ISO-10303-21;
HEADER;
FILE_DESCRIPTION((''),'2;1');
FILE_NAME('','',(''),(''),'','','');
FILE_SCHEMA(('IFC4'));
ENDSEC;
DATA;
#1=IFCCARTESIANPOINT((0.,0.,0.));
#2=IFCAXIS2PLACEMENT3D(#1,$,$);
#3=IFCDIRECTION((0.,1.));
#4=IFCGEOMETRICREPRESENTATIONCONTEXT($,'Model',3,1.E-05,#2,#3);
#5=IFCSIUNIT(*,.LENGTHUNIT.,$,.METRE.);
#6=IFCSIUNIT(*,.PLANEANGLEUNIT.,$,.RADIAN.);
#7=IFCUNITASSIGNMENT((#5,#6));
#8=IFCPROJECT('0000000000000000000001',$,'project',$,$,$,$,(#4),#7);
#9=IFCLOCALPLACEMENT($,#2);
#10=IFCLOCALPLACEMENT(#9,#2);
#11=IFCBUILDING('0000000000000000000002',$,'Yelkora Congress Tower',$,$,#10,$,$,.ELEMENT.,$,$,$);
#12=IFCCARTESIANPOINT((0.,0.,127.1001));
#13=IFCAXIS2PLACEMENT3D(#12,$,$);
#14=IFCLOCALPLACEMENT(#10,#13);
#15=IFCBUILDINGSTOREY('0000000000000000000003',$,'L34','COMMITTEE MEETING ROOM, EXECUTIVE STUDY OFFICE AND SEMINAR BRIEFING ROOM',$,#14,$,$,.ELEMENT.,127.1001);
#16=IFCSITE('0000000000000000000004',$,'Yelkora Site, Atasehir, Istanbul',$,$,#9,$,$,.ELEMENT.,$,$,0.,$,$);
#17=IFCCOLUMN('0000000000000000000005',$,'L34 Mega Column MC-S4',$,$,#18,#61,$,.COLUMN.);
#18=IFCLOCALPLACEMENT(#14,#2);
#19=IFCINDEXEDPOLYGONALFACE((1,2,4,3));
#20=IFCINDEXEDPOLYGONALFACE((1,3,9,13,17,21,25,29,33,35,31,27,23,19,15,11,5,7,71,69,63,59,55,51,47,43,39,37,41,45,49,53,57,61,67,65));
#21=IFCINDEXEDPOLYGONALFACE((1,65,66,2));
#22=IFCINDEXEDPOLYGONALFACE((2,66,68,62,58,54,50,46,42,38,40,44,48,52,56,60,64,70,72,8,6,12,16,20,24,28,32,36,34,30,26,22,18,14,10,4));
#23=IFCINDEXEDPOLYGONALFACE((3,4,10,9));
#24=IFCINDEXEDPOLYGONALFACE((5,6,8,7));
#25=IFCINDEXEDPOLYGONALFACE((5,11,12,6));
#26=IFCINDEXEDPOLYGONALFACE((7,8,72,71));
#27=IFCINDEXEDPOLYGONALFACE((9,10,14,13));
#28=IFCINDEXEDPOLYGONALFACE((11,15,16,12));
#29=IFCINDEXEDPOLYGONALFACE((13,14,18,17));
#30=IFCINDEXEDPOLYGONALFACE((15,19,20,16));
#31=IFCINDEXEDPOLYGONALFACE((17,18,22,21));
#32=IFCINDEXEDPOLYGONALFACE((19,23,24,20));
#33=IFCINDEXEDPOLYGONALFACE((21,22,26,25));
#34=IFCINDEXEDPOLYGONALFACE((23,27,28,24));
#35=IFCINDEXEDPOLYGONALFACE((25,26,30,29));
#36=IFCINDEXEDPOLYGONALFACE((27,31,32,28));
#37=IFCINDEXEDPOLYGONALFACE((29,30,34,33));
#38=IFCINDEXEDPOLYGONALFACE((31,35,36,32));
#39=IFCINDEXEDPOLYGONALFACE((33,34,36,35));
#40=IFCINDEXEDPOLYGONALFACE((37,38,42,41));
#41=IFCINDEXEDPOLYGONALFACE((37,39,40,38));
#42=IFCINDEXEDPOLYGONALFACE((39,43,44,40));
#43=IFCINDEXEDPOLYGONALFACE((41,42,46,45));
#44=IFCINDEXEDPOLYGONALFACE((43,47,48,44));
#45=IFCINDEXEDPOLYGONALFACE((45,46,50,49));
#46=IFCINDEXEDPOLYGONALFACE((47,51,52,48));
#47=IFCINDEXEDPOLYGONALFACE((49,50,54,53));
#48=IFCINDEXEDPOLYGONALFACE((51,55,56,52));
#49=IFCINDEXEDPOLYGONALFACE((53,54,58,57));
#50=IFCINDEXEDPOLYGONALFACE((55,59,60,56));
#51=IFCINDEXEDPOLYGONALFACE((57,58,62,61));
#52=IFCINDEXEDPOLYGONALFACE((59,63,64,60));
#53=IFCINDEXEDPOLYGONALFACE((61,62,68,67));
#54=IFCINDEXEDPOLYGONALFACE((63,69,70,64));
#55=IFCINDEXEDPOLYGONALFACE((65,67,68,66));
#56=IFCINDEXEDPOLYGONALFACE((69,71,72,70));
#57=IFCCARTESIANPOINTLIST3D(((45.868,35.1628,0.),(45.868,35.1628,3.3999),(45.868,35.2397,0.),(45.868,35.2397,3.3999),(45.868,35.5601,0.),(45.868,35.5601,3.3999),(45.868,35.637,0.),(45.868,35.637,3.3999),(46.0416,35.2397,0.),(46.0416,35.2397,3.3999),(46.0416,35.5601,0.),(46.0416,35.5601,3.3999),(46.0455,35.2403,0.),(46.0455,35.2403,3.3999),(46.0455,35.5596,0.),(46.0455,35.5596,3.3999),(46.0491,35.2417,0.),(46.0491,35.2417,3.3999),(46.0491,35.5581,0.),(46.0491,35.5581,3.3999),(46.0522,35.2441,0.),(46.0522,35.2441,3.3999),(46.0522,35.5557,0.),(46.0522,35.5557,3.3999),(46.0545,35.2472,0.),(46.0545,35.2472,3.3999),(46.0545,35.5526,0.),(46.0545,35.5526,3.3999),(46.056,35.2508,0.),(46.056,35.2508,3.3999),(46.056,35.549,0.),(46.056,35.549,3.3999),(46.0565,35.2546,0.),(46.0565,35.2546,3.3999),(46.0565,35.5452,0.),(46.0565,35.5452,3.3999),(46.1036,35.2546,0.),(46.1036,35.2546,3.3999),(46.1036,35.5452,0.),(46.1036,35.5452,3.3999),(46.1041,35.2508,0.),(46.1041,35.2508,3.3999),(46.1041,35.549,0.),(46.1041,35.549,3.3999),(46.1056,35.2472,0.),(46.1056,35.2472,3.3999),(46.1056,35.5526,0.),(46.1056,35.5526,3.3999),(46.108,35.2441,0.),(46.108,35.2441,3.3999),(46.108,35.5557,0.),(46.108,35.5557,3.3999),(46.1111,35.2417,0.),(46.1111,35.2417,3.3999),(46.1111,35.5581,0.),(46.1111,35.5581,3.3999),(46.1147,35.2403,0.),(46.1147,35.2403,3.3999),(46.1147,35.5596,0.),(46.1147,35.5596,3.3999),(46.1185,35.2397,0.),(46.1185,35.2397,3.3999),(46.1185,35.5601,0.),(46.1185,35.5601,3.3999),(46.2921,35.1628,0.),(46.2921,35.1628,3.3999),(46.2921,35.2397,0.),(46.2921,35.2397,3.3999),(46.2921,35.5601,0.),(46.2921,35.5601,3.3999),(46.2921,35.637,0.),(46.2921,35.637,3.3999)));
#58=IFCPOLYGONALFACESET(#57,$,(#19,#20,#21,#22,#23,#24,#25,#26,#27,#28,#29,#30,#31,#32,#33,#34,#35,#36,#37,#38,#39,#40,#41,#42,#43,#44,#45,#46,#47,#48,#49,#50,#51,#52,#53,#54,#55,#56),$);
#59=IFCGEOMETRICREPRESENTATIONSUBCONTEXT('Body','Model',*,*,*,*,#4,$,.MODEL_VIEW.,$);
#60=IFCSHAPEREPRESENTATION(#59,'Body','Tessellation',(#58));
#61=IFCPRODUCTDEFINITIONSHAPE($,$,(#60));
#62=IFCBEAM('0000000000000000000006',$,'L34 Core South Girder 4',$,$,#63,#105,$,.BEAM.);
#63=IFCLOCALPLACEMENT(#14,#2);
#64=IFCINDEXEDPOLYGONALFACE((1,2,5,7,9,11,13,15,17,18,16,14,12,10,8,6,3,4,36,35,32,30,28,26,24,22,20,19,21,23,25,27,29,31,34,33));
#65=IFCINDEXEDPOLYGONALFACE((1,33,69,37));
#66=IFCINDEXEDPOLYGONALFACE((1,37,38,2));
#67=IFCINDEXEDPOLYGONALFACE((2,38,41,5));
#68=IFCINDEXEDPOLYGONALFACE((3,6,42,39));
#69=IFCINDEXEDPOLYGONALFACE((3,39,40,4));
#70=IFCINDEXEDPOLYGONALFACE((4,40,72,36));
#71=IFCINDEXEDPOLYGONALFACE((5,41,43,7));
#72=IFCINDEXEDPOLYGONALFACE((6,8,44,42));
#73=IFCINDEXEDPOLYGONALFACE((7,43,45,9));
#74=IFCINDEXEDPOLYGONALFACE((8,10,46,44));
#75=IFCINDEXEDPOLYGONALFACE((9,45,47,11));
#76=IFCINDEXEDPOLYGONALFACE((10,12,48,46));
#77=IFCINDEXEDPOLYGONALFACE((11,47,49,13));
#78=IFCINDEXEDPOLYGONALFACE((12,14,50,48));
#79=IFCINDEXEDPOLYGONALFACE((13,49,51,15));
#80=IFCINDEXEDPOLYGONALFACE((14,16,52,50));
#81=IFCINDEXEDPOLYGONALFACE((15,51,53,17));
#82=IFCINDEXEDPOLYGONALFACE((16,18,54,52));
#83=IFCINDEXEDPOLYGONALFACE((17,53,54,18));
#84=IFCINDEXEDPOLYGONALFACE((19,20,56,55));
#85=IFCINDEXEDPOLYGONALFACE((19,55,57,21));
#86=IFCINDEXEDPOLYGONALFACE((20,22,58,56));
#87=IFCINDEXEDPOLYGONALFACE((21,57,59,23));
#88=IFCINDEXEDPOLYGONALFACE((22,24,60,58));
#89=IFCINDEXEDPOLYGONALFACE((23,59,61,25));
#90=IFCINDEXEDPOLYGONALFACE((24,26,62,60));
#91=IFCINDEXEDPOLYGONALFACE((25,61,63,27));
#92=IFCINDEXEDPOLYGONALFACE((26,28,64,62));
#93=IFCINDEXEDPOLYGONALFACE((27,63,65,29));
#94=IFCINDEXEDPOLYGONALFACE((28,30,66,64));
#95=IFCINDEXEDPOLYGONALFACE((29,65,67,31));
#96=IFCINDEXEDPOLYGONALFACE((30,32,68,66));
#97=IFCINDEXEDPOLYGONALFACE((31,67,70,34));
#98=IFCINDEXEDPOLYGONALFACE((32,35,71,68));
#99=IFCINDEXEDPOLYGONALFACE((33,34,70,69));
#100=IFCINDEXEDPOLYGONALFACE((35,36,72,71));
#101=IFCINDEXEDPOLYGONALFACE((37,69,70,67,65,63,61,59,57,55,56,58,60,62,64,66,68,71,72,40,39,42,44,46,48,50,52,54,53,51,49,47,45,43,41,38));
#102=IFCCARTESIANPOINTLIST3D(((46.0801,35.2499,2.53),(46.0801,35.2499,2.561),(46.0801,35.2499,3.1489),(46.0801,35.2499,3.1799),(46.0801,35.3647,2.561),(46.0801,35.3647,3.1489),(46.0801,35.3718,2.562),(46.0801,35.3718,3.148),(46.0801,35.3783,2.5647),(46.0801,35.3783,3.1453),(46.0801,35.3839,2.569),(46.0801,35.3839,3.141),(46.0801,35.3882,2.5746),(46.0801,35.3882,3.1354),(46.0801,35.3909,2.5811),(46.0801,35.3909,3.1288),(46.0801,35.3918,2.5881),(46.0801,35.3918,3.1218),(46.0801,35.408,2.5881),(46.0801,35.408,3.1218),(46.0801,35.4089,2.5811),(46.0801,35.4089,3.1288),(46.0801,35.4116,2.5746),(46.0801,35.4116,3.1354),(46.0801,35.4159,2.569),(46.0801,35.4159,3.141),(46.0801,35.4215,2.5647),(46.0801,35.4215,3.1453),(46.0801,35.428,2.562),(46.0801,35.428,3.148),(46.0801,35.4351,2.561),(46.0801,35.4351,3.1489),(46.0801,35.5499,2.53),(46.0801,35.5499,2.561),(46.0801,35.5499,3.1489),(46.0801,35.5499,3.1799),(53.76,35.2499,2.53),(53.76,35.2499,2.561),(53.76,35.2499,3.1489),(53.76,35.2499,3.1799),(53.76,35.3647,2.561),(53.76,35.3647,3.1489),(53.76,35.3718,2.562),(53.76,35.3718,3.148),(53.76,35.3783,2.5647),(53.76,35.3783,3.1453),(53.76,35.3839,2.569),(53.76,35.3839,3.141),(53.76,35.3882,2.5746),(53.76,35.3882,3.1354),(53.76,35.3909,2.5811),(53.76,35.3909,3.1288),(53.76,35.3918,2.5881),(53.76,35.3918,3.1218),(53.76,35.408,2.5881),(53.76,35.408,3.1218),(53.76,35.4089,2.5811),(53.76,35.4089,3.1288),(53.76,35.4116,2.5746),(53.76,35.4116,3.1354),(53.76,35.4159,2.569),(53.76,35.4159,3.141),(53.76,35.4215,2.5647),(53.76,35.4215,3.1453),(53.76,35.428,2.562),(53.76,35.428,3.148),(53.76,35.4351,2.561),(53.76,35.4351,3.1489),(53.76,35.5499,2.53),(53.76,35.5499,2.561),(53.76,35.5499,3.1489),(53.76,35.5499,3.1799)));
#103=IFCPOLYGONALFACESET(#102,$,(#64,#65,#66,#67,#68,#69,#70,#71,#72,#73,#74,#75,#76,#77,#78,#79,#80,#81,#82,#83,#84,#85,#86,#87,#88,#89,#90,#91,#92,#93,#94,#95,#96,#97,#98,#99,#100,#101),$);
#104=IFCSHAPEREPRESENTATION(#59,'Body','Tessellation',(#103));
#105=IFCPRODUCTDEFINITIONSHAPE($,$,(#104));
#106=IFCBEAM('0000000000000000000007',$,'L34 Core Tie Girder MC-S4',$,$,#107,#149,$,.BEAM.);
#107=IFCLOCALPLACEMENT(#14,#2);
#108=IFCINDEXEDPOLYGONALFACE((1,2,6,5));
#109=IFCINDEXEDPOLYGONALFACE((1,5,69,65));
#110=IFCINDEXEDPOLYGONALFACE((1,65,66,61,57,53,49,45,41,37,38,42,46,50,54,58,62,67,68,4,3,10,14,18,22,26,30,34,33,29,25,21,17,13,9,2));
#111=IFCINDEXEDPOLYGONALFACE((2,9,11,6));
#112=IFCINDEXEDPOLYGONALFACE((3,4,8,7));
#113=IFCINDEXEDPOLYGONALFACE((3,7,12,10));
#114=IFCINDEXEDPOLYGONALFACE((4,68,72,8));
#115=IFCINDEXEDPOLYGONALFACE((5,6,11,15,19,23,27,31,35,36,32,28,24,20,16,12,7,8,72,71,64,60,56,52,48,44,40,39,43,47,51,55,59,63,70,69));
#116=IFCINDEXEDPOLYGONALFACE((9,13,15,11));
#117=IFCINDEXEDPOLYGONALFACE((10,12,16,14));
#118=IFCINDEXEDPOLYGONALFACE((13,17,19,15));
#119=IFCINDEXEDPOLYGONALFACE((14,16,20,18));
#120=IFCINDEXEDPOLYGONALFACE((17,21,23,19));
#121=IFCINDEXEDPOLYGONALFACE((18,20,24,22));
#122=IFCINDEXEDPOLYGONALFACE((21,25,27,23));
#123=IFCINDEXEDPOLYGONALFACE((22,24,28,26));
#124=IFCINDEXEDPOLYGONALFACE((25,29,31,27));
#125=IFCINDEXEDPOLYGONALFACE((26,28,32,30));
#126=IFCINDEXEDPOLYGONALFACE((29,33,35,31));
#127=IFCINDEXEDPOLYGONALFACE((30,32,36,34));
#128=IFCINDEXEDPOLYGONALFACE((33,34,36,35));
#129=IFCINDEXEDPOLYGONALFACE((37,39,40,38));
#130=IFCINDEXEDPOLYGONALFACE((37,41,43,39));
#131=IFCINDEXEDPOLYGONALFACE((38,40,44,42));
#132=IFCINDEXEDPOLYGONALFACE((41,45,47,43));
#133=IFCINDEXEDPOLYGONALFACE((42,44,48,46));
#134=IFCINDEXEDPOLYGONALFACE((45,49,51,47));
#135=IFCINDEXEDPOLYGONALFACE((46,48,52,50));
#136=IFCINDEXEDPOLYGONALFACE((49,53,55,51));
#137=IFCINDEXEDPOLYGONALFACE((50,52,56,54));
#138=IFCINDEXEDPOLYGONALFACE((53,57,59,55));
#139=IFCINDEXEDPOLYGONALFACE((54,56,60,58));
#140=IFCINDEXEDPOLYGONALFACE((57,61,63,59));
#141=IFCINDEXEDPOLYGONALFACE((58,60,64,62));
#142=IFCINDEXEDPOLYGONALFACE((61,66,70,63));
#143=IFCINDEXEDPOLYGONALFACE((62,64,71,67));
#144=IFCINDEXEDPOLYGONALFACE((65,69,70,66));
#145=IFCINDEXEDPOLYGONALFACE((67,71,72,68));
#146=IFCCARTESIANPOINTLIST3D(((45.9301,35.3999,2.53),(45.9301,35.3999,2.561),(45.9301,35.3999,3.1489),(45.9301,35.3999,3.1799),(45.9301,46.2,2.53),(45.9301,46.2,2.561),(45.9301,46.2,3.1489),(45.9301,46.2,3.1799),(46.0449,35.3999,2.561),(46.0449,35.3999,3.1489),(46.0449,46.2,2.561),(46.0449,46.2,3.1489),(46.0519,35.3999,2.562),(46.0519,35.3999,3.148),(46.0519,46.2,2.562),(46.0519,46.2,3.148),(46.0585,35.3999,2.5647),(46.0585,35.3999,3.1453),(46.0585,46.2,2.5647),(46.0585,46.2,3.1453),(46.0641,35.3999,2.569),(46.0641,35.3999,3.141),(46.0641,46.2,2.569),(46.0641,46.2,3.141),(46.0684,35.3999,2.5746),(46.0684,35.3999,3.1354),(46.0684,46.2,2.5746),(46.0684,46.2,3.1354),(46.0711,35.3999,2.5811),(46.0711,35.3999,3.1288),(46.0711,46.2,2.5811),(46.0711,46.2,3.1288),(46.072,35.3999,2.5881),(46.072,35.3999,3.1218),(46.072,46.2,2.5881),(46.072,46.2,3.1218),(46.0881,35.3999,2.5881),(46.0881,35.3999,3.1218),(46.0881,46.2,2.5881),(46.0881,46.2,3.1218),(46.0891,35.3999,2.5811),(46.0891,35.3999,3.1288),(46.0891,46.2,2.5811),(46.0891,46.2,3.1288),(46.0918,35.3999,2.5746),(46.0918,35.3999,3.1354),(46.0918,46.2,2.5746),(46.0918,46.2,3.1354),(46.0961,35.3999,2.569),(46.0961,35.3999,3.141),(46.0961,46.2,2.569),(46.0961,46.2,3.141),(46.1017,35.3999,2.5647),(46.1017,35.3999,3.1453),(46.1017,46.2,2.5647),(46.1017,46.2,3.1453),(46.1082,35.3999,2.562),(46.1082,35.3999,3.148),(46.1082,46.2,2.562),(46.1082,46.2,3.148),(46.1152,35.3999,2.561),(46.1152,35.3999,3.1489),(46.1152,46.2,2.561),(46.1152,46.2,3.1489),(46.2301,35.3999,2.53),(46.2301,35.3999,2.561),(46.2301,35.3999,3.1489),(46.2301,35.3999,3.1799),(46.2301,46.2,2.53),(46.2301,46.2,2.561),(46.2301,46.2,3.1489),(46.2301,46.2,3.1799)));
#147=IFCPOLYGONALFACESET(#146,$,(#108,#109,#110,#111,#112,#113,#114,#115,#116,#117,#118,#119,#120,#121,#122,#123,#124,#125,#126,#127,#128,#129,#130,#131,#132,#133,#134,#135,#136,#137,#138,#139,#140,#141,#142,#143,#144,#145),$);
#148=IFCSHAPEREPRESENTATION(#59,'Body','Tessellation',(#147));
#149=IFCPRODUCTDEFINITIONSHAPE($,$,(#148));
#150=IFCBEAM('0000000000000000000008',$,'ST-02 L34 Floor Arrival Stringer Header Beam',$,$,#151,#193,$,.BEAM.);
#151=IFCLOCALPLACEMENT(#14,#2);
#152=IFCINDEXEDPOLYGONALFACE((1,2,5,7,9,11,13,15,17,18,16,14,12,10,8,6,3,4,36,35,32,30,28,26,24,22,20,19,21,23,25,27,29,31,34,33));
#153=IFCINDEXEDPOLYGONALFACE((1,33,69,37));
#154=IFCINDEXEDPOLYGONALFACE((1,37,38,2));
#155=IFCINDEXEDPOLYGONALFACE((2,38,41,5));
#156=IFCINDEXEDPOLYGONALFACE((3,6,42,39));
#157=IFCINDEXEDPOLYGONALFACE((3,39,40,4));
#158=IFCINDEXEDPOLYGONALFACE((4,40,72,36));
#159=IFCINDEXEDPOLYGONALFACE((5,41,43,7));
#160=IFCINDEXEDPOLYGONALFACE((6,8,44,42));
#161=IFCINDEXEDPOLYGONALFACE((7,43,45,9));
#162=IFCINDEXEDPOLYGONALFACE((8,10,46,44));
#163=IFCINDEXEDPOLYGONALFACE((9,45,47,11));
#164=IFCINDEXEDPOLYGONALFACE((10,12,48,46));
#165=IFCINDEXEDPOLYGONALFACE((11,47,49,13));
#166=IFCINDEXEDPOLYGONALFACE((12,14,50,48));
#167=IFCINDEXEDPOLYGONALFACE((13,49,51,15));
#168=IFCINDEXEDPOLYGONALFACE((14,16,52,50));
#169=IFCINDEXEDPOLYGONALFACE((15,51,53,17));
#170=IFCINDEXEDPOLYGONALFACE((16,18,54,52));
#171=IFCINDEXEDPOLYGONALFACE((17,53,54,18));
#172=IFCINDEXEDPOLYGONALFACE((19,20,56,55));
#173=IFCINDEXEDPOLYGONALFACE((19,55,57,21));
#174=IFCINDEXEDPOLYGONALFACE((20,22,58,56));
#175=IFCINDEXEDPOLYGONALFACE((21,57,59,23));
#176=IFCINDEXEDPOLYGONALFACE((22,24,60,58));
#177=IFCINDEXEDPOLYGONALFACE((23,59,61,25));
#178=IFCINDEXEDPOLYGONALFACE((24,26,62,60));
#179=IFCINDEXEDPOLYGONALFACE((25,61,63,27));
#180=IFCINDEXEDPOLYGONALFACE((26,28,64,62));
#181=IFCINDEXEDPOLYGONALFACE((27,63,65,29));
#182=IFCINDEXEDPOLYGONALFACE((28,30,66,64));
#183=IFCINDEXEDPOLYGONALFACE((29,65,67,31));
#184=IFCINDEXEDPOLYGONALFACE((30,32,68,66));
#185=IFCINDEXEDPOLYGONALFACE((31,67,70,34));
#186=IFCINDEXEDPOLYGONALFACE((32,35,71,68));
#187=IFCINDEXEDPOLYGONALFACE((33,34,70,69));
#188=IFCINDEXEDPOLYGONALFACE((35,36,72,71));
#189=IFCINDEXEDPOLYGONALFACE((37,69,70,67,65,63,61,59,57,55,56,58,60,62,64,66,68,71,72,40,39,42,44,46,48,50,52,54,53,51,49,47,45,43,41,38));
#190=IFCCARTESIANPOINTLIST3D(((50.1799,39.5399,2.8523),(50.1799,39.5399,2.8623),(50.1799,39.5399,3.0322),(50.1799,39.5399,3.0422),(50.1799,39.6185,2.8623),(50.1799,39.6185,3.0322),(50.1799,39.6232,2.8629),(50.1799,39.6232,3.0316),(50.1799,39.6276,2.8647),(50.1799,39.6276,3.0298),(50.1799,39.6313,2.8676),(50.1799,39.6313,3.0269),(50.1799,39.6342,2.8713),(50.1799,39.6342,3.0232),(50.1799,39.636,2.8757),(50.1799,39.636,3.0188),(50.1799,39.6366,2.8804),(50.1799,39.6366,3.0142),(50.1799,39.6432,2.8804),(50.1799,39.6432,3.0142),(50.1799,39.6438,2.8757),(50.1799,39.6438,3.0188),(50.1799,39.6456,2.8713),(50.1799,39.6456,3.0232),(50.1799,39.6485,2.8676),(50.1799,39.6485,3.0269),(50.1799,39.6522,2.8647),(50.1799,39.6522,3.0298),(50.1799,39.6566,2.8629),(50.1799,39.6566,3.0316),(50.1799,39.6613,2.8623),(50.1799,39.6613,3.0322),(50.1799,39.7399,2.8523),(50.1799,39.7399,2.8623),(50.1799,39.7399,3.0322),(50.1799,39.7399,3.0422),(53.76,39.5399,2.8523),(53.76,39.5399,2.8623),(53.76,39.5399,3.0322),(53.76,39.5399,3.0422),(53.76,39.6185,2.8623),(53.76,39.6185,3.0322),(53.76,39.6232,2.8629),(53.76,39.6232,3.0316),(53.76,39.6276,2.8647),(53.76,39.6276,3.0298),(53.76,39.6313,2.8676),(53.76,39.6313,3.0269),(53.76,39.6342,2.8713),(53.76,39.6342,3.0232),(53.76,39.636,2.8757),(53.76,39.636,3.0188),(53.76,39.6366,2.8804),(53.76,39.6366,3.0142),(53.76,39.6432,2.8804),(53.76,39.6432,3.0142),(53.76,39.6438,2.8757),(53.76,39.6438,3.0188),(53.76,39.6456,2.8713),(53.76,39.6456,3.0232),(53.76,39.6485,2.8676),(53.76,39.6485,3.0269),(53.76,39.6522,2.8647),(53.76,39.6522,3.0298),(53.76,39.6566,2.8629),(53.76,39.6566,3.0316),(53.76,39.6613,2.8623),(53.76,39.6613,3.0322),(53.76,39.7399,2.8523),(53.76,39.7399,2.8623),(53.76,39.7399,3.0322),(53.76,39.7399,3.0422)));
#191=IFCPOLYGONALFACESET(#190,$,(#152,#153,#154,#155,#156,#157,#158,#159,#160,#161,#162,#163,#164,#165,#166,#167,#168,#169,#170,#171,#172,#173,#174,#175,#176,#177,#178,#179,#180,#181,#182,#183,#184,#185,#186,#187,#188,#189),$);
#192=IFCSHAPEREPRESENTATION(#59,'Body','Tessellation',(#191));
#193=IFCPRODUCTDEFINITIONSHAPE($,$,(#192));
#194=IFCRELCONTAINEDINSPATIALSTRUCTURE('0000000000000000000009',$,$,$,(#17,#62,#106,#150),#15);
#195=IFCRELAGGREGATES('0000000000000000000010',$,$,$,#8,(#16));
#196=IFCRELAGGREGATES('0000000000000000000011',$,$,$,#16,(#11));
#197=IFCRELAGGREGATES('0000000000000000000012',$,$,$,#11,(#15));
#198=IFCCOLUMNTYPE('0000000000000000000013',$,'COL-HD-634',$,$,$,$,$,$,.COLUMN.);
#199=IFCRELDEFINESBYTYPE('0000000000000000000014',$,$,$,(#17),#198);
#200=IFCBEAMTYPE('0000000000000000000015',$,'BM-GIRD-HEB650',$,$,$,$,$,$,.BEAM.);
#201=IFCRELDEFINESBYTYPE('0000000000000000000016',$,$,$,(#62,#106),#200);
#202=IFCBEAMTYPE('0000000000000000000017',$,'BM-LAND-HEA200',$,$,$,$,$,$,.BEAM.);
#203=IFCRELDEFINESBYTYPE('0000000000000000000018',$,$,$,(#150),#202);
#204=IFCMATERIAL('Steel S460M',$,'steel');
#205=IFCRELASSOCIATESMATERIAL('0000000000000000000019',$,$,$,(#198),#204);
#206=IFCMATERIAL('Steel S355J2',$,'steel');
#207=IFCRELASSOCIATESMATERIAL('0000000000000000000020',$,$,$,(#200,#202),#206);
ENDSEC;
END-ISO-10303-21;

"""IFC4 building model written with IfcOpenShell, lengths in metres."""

from ifc_helpers import new_model, si_unit, direction, frame, origin, origin_2d, place, context, subcontext, project, spatial, i_section, extrude, material, material_profile, profile_set, type_object, element, save


model = new_model("IFC4")

# Units and contexts
model_context = context("Model", 3, precision=1e-05, world=origin(), true_north=direction((0.0, 1.0)))
body_context = subcontext(model_context, "Body", "Model", "MODEL_VIEW")
ifc_project = project(units=[si_unit("LENGTHUNIT", "METRE"), si_unit("PLANEANGLEUNIT", "RADIAN")], contexts=[model_context])

# Site, building, storey
site_placement = place(None, origin())
site = spatial("IfcSite", under=ifc_project, at=site_placement, Name="Yelkora Site, Atasehir, Istanbul", CompositionType="ELEMENT", RefElevation=0.0)
building_placement = place(site_placement, origin())
building = spatial("IfcBuilding", under=site, at=building_placement, Name="Yelkora Congress Tower", CompositionType="ELEMENT")
storey_placement = place(building_placement, frame((0.0, 0.0, 127.1001)))
storey = spatial("IfcBuildingStorey", under=building, at=storey_placement, Name="L34", Description="COMMITTEE MEETING ROOM, EXECUTIVE STUDY OFFICE AND SEMINAR BRIEFING ROOM", CompositionType="ELEMENT", Elevation=127.1001)

# Column
ifc_material_1 = material(Name="Steel S460M", Category="steel")
ifc_material_profile_1 = material_profile(ifc_material_1, i_section(OverallWidth=0.4241, OverallDepth=0.4741, WebThickness=0.0471, FlangeThickness=0.0769, FilletRadius=0.0149, at=origin_2d()), Name="HD 400x634")
ifc_profile_set_1 = profile_set([ifc_material_profile_1], Name="Steel S460M")
column_type = type_object("IfcColumnType", Name="COL-HD-634", PredefinedType="COLUMN", material=ifc_profile_set_1)
column_placement = place(storey_placement, frame((46.0801, 35.3999, 0.0), z_axis=(0.0, 0.0, 1.0), x_axis=(1.0, 0.0, 0.0)))
element("IfcColumn", 1, at=column_placement, inside=storey, type_object=column_type, Name="L34 Mega Column MC-S4", PredefinedType="COLUMN", context=body_context, shape_type="SweptSolid", body=[
    extrude(i_section(OverallWidth=0.4241, OverallDepth=0.4741, WebThickness=0.0471, FlangeThickness=0.0769, FilletRadius=0.0149, at=origin_2d()), origin(), (0.0, 0.0, 1.0), 3.3999),
])

# Beams
ifc_material_2 = material(Name="Steel S355J2", Category="steel")
ifc_material_profile_2 = material_profile(ifc_material_2, i_section(OverallWidth=0.3, OverallDepth=0.6499, WebThickness=0.0161, FlangeThickness=0.031, FilletRadius=0.0271, at=origin_2d()), Name="HEB 650")
ifc_profile_set_2 = profile_set([ifc_material_profile_2], Name="Steel S355J2")
beam_type_1 = type_object("IfcBeamType", Name="BM-GIRD-HEB650", PredefinedType="BEAM", material=ifc_profile_set_2)
beam_1_placement = place(storey_placement, frame((46.0801, 35.3999, 2.855), z_axis=(1.0, 0.0, 0.0), x_axis=(0.0, 1.0, 0.0)))
element("IfcBeam", 2, at=beam_1_placement, inside=storey, type_object=beam_type_1, Name="L34 Core South Girder 4", PredefinedType="BEAM", context=body_context, shape_type="SweptSolid", body=[
    extrude(i_section(OverallWidth=0.3, OverallDepth=0.6499, WebThickness=0.0161, FlangeThickness=0.031, FilletRadius=0.0271, at=origin_2d()), origin(), (0.0, 0.0, 1.0), 7.6799),
])
beam_2_placement = place(storey_placement, frame((46.0801, 35.3999, 2.855), z_axis=(0.0, 1.0, 0.0), x_axis=(-1.0, 0.0, 0.0)))
element("IfcBeam", 3, at=beam_2_placement, inside=storey, type_object=beam_type_1, Name="L34 Core Tie Girder MC-S4", PredefinedType="BEAM", context=body_context, shape_type="SweptSolid", body=[
    extrude(i_section(OverallWidth=0.3, OverallDepth=0.6499, WebThickness=0.0161, FlangeThickness=0.031, FilletRadius=0.0271, at=origin_2d()), origin(), (0.0, 0.0, 1.0), 10.8),
])
ifc_material_profile_3 = material_profile(ifc_material_2, i_section(OverallWidth=0.2, OverallDepth=0.1899, WebThickness=0.0066, FlangeThickness=0.01, FilletRadius=0.0181, at=origin_2d()), Name="HEA 200")
ifc_profile_set_3 = profile_set([ifc_material_profile_3], Name="Steel S355J2")
beam_type_2 = type_object("IfcBeamType", Name="BM-LAND-HEA200", PredefinedType="BEAM", material=ifc_profile_set_3)
beam_3_placement = place(storey_placement, frame((50.1799, 39.6399, 2.9473), z_axis=(1.0, 0.0, 0.0), x_axis=(0.0, 1.0, 0.0)))
element("IfcBeam", 4, at=beam_3_placement, inside=storey, type_object=beam_type_2, Name="ST-02 L34 Floor Arrival Stringer Header Beam", PredefinedType="BEAM", context=body_context, shape_type="SweptSolid", body=[
    extrude(i_section(OverallWidth=0.2, OverallDepth=0.1899, WebThickness=0.0066, FlangeThickness=0.01, FilletRadius=0.0181, at=origin_2d()), origin(), (0.0, 0.0, 1.0), 3.5801),
])

save(model, "model.ifc")
